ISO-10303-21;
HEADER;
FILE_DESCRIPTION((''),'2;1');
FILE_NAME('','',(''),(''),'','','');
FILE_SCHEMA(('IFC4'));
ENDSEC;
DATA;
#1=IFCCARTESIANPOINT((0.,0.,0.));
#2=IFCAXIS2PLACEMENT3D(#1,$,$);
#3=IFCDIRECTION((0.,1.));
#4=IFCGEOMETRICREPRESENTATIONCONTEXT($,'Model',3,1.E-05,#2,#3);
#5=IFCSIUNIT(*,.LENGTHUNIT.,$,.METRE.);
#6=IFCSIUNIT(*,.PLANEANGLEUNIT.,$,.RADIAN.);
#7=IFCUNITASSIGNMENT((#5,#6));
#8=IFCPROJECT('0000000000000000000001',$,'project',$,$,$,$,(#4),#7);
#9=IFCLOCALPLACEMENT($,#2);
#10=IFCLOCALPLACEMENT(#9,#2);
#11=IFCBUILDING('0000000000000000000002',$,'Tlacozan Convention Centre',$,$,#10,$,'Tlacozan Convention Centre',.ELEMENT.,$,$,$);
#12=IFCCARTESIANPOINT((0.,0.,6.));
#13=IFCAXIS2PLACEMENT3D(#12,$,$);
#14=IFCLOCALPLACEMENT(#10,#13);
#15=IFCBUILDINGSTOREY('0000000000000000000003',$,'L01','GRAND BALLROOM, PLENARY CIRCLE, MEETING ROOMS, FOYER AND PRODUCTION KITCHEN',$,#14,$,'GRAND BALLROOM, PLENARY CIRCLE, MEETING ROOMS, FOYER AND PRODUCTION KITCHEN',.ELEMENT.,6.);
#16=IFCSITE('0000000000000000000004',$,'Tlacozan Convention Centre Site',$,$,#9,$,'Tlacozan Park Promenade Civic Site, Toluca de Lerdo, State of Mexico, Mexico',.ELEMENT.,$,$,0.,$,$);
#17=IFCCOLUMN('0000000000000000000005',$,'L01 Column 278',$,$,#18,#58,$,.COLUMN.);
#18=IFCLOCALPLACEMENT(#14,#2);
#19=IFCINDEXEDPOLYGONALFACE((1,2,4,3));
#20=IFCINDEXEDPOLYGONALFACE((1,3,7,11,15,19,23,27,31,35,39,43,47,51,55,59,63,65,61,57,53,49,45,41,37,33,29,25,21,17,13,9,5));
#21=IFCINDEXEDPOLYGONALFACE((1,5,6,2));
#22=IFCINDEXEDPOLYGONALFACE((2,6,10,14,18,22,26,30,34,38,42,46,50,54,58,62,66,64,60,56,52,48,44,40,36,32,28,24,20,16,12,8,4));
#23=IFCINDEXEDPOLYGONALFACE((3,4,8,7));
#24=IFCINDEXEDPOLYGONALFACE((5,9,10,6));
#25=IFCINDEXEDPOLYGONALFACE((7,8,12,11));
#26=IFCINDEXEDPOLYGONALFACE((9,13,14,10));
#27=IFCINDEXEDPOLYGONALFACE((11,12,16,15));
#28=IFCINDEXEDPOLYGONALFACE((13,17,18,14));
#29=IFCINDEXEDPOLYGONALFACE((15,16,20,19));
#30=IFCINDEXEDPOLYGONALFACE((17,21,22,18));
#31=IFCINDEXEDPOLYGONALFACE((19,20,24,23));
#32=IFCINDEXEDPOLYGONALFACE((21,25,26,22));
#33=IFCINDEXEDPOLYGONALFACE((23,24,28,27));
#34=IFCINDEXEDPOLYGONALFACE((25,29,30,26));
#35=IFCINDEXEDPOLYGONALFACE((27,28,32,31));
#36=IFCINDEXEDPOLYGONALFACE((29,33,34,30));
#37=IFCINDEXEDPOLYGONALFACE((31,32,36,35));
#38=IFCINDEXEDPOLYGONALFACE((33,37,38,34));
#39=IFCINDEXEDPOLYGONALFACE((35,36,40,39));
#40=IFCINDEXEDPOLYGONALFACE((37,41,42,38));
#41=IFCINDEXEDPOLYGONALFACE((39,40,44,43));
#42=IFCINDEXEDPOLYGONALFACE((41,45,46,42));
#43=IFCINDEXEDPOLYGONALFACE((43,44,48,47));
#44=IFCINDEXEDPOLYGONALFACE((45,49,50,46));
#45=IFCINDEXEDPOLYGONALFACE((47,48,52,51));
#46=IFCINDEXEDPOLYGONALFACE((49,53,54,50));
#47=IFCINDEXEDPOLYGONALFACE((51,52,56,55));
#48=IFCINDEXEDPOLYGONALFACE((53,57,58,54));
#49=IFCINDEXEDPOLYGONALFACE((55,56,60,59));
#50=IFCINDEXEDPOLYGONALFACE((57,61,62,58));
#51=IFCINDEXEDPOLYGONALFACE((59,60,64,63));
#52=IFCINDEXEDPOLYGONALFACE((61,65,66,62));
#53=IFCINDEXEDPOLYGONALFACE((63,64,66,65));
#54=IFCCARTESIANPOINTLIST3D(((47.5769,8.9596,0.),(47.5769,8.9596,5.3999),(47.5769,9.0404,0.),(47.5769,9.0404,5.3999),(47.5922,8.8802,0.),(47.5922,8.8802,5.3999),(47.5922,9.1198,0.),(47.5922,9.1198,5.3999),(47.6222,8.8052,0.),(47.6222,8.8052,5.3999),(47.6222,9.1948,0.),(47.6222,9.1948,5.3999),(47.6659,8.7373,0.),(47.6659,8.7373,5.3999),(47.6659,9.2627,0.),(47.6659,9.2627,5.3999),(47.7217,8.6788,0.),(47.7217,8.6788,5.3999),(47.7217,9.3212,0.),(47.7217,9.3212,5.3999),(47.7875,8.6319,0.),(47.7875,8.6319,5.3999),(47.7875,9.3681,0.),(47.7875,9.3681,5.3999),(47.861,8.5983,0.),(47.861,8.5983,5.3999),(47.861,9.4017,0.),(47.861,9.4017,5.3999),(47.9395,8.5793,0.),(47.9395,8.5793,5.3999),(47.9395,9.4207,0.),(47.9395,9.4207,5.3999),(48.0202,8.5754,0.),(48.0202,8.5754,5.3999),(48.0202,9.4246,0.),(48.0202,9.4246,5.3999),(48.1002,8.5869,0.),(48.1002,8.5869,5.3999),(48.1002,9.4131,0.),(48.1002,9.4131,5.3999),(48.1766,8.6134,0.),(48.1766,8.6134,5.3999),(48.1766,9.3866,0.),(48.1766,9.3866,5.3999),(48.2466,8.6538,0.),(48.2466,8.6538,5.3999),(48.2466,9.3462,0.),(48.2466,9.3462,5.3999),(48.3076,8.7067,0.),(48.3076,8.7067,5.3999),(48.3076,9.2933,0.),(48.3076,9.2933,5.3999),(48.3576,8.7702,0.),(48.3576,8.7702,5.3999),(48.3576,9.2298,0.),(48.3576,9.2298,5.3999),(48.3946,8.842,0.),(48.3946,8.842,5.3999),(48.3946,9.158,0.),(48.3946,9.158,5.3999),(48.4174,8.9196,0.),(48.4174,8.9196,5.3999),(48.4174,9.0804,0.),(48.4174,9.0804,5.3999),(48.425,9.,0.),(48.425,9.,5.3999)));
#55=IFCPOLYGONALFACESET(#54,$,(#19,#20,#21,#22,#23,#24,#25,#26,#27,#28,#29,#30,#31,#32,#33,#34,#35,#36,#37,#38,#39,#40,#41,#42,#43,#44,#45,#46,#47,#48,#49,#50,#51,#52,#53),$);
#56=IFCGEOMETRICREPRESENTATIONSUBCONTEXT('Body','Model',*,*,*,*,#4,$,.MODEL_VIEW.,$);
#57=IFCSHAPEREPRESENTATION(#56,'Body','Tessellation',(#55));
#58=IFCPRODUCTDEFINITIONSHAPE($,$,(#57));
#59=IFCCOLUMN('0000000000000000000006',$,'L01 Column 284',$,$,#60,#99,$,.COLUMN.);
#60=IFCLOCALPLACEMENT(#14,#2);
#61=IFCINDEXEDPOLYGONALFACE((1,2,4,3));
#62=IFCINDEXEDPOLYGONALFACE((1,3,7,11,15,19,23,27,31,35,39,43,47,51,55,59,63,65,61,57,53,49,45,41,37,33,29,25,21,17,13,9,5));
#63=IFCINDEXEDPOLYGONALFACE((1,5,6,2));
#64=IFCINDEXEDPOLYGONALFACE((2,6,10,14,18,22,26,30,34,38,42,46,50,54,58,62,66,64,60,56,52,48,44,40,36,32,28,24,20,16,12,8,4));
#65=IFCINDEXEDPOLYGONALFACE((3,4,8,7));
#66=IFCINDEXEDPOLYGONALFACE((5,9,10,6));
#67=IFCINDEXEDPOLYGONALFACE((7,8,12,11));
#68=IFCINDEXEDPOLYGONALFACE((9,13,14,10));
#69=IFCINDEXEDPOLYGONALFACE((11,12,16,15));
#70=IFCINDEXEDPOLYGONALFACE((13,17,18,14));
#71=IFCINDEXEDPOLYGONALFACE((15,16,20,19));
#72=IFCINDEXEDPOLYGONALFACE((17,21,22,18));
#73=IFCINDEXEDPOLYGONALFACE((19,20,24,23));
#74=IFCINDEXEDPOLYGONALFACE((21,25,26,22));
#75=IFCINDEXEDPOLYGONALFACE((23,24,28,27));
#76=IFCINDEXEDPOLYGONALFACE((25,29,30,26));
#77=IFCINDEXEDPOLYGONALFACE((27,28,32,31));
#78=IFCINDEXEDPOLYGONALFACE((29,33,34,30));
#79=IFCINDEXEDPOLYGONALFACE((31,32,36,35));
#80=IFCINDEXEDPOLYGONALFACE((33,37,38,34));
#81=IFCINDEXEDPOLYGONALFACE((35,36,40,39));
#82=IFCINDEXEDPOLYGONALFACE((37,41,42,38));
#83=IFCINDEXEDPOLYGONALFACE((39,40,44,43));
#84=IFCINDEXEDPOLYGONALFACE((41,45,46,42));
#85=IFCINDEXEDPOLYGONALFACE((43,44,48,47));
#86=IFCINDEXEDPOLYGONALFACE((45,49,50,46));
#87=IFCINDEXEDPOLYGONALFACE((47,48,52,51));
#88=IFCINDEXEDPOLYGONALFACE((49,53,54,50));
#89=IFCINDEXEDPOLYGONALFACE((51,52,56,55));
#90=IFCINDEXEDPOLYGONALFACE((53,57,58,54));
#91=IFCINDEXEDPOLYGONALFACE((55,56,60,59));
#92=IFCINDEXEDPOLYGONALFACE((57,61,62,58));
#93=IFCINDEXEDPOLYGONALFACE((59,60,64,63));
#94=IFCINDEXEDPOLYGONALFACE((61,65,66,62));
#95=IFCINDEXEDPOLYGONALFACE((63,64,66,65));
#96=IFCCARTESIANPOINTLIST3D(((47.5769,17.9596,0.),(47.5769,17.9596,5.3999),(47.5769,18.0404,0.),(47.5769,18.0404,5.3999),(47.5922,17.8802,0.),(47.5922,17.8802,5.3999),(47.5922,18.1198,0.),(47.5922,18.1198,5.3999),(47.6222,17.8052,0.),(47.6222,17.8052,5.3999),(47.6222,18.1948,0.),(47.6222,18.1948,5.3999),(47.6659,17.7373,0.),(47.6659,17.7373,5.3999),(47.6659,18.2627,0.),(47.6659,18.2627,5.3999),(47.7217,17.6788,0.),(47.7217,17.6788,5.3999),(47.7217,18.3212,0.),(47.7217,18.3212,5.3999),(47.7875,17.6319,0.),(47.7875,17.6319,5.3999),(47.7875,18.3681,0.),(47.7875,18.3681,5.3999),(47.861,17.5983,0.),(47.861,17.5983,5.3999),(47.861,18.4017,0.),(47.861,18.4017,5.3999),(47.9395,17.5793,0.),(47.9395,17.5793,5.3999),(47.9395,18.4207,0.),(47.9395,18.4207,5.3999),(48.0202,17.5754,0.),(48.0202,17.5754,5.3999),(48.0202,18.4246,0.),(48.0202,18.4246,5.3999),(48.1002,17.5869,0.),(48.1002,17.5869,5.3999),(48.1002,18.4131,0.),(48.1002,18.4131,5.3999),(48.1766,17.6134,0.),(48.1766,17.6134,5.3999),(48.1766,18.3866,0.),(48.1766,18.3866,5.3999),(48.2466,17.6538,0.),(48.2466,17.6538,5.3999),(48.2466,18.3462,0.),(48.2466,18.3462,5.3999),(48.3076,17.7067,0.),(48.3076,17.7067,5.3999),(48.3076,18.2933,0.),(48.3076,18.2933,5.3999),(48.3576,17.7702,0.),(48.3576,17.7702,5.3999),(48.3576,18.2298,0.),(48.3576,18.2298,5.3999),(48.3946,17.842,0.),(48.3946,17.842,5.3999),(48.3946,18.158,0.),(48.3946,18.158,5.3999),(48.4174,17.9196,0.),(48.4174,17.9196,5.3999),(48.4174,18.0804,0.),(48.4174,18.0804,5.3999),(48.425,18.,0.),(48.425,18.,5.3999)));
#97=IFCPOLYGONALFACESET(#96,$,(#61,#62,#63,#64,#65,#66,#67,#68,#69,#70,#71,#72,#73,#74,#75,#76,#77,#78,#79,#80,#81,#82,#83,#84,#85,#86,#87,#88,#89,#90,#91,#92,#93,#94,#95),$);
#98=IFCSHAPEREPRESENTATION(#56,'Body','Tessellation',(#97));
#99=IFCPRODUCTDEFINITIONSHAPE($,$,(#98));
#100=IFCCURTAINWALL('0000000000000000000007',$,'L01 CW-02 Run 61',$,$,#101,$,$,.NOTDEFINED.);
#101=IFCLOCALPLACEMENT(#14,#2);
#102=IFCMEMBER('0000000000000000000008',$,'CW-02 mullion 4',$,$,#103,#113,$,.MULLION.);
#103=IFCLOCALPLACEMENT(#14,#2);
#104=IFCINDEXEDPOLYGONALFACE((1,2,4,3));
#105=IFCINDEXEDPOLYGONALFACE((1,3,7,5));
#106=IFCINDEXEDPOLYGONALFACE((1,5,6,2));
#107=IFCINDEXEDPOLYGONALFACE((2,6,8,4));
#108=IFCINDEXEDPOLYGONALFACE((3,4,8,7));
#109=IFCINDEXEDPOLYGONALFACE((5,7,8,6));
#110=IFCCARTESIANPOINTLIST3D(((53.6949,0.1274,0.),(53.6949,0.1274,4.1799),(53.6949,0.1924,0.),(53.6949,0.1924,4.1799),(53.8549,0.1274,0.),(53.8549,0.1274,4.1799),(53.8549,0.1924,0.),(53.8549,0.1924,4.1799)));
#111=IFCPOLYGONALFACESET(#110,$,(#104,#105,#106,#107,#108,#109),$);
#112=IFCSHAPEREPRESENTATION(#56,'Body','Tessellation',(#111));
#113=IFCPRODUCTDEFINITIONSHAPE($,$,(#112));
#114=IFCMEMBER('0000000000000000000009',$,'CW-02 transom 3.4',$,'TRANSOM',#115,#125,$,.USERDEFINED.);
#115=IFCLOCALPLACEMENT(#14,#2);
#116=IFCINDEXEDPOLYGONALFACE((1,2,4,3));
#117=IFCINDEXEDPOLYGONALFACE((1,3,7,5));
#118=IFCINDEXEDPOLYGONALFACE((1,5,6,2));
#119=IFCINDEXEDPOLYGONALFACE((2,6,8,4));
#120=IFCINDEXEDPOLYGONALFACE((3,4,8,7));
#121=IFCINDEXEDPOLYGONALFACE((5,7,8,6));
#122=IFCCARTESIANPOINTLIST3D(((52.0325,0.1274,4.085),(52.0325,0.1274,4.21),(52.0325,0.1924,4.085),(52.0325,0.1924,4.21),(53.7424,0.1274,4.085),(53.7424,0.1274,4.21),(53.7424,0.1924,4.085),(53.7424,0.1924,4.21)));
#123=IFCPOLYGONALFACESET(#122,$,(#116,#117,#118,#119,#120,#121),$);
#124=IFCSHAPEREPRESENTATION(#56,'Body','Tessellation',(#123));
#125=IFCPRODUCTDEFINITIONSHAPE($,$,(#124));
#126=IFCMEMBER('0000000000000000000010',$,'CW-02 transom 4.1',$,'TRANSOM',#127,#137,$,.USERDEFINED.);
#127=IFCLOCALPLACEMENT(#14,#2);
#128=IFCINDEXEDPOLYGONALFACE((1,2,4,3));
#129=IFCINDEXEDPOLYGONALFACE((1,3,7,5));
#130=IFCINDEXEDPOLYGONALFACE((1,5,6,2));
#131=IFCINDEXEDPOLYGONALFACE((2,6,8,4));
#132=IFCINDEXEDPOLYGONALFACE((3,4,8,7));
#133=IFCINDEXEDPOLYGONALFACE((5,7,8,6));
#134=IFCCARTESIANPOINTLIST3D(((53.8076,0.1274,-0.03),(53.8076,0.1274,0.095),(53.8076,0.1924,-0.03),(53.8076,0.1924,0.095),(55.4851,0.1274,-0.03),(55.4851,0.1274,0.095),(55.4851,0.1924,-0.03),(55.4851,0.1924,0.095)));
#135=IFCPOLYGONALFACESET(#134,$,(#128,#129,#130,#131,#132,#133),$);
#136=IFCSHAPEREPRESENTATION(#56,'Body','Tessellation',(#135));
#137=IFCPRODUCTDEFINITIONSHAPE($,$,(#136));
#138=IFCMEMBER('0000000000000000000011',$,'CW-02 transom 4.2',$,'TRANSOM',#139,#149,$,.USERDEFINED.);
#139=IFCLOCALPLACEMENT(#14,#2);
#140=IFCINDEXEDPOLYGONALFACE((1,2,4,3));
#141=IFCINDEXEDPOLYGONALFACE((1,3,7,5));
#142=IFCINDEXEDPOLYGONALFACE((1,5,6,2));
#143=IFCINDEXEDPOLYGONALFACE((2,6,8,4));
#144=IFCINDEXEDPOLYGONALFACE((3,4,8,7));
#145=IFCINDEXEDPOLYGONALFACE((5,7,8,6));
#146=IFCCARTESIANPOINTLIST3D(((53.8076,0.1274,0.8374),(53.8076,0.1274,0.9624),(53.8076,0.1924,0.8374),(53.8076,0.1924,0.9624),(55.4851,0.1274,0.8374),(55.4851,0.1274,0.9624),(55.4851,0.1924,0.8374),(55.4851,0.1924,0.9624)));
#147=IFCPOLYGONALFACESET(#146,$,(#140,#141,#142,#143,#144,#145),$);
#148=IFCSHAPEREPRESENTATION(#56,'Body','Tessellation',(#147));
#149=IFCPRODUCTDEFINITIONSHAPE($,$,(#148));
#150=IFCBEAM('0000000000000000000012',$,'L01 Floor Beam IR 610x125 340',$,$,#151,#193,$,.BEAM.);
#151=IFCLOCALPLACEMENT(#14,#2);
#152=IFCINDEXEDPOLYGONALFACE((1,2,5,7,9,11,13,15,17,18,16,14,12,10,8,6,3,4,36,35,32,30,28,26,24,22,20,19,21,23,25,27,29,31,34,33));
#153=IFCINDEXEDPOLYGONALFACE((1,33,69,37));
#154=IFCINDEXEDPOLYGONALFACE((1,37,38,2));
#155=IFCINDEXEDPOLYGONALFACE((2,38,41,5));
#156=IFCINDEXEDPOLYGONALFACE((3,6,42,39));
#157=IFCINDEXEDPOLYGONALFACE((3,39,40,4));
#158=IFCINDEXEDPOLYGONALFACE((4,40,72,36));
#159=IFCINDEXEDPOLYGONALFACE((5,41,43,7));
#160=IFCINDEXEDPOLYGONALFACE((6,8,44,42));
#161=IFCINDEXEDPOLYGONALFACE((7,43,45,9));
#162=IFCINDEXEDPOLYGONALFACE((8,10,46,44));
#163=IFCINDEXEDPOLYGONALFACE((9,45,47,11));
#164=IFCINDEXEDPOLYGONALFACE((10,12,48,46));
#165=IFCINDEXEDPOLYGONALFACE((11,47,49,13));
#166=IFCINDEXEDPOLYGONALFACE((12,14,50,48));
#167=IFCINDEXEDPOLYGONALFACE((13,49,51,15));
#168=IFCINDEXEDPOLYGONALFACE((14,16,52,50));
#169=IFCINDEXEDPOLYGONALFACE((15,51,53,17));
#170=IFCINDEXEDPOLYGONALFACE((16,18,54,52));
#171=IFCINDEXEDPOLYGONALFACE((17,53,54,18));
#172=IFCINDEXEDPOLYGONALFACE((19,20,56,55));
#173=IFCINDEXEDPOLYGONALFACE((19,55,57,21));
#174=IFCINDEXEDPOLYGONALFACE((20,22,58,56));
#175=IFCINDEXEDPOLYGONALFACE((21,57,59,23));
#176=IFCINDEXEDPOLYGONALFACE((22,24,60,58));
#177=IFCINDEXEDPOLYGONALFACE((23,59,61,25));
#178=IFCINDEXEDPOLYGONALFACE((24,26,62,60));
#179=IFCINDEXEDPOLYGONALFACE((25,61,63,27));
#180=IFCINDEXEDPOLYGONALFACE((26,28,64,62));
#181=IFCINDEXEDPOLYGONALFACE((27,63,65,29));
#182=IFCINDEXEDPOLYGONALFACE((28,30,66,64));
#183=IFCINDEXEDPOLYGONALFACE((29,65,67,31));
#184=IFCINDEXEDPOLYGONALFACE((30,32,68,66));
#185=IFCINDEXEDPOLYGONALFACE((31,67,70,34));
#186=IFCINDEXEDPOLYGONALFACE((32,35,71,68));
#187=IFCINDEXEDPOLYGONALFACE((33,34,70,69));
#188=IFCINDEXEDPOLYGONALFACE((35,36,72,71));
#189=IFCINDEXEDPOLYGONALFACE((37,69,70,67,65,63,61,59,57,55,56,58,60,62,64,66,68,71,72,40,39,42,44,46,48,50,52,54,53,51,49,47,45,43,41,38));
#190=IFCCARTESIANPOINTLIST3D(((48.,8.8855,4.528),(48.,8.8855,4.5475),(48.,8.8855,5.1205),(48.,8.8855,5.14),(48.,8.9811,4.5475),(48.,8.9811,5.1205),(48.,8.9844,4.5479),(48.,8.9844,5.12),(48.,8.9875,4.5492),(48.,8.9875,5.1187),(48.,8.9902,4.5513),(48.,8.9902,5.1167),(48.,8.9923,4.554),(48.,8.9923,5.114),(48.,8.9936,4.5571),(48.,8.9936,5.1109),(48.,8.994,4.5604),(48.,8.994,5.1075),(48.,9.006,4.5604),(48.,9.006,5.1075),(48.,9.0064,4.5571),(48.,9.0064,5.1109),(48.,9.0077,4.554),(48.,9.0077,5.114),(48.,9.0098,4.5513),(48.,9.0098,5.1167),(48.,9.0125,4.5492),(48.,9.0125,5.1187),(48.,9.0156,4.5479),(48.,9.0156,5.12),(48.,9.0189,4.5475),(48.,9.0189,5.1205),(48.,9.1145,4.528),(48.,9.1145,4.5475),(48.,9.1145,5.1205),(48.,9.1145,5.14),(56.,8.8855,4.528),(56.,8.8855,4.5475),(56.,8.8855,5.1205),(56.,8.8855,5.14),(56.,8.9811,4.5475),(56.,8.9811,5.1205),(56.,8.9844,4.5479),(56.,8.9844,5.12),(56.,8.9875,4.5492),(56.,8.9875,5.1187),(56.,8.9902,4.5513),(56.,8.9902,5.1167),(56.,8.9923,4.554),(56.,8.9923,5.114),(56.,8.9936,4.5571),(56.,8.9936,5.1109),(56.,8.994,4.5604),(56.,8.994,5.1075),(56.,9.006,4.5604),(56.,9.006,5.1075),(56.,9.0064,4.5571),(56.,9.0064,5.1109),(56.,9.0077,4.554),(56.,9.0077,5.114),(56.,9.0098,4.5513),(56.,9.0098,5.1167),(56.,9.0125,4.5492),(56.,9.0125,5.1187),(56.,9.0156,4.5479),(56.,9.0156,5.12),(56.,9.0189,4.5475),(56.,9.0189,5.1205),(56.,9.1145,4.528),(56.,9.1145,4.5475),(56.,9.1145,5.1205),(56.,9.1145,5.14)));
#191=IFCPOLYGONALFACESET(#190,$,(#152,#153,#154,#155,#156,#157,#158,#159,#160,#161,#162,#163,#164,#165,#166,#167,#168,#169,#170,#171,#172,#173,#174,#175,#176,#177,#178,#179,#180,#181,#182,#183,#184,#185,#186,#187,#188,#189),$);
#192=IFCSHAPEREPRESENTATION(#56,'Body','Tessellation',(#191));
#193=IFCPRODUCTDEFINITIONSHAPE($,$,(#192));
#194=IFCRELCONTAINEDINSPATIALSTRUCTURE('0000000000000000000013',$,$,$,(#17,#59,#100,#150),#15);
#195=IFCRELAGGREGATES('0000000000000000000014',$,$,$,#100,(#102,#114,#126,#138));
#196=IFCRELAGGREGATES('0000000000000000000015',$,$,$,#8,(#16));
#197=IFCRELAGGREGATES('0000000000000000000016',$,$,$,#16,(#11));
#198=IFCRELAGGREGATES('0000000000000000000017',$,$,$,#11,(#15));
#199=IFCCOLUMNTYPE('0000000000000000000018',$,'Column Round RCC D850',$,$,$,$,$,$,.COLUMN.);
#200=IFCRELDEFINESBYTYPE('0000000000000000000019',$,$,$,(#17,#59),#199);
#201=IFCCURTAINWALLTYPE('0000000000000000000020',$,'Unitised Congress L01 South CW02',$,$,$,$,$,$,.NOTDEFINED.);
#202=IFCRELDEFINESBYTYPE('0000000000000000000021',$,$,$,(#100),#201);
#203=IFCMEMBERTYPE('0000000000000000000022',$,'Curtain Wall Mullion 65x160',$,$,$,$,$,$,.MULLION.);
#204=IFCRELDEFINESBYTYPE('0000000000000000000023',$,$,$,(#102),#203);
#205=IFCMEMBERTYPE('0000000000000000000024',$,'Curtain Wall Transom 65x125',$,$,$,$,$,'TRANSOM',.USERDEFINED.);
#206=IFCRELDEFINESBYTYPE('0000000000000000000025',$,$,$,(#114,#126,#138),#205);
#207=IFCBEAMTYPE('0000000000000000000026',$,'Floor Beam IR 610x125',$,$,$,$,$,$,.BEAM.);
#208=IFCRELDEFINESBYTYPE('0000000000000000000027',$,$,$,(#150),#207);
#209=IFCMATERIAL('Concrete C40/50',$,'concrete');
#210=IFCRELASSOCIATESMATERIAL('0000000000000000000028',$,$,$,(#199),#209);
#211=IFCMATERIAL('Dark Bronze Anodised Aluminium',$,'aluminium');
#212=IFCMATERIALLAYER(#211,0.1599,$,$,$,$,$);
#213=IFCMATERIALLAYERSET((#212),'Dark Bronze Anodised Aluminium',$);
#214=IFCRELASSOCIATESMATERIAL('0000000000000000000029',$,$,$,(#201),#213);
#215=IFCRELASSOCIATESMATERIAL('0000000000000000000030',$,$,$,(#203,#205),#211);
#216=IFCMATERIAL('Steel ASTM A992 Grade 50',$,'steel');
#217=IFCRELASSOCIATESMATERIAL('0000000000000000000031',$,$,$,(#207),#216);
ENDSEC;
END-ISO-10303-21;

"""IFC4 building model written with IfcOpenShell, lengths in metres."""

from ifc_helpers import new_model, si_unit, direction, frame, origin, origin_2d, place, context, subcontext, project, spatial, rectangle, circle, i_section, extrude, material, layer, layer_set, material_profile, profile_set, type_object, element, aggregate, save


model = new_model("IFC4")

# Units and contexts
model_context = context("Model", 3, precision=1e-05, world=origin(), true_north=direction((0.0, 1.0)))
body_context = subcontext(model_context, "Body", "Model", "MODEL_VIEW")
ifc_project = project(units=[si_unit("LENGTHUNIT", "METRE"), si_unit("PLANEANGLEUNIT", "RADIAN")], contexts=[model_context])

# Site, building, storey
site_placement = place(None, origin())
site = spatial("IfcSite", under=ifc_project, at=site_placement, Name="Tlacozan Convention Centre Site", LongName="Tlacozan Park Promenade Civic Site, Toluca de Lerdo, State of Mexico, Mexico", CompositionType="ELEMENT", RefElevation=0.0)
building_placement = place(site_placement, origin())
building = spatial("IfcBuilding", under=site, at=building_placement, Name="Tlacozan Convention Centre", LongName="Tlacozan Convention Centre", CompositionType="ELEMENT")
storey_placement = place(building_placement, frame((0.0, 0.0, 6.0)))
storey = spatial("IfcBuildingStorey", under=building, at=storey_placement, Name="L01", Description="GRAND BALLROOM, PLENARY CIRCLE, MEETING ROOMS, FOYER AND PRODUCTION KITCHEN", LongName="GRAND BALLROOM, PLENARY CIRCLE, MEETING ROOMS, FOYER AND PRODUCTION KITCHEN", CompositionType="ELEMENT", Elevation=6.0)

# Columns
ifc_material_1 = material(Name="Concrete C40/50", Category="concrete")
ifc_material_profile_1 = material_profile(ifc_material_1, circle(Radius=0.425, at=origin_2d()), Name="RCC D850")
ifc_profile_set_1 = profile_set([ifc_material_profile_1], Name="Concrete C40/50")
column_type = type_object("IfcColumnType", Name="Column Round RCC D850", PredefinedType="COLUMN", material=ifc_profile_set_1)
for number, where, z_axis, x_axis, name in (
    (1, (48.0, 9.0, 0.0), (0.0, 0.0, 1.0), (1.0, 0.0, 0.0), "L01 Column 278"),
    (2, (48.0, 18.0, 0.0), (0.0, 0.0, 1.0), (1.0, 0.0, 0.0), "L01 Column 284"),
):
    element("IfcColumn", number, at=place(storey_placement, frame(where, z_axis=z_axis, x_axis=x_axis)), inside=storey, type_object=column_type, Name=name, PredefinedType="COLUMN", context=body_context, shape_type="SweptSolid", body=[
        extrude(circle(Radius=0.425, at=origin_2d()), origin(), (0.0, 0.0, 1.0), 5.3999),
    ])

# Curtain wall, members
ifc_material_2 = material(Name="Dark Bronze Anodised Aluminium", Category="aluminium")
ifc_layer_1 = layer(ifc_material_2, 0.1599)
ifc_layer_set_1 = layer_set([ifc_layer_1], Name="Dark Bronze Anodised Aluminium")
curtain_wall_type = type_object("IfcCurtainWallType", Name="Unitised Congress L01 South CW02", PredefinedType="NOTDEFINED", material=ifc_layer_set_1)
curtain_wall_placement = place(storey_placement, origin())
curtain_wall = element("IfcCurtainWall", 3, at=curtain_wall_placement, inside=storey, type_object=curtain_wall_type, Name="L01 CW-02 Run 61", PredefinedType="NOTDEFINED")
ifc_material_profile_2 = material_profile(ifc_material_2, rectangle(XDim=0.0649, YDim=0.1599, at=origin_2d()), Name="ALU 65x160")
ifc_profile_set_2 = profile_set([ifc_material_profile_2], Name="Dark Bronze Anodised Aluminium")
member_type_1 = type_object("IfcMemberType", Name="Curtain Wall Mullion 65x160", PredefinedType="MULLION", material=ifc_profile_set_2)
member_1_placement = place(storey_placement, frame((53.7749, 0.1599, 0.0), z_axis=(0.0, 0.0, 1.0), x_axis=(0.0, 1.0, 0.0)))
member_1 = element("IfcMember", 4, at=member_1_placement, type_object=member_type_1, Name="CW-02 mullion 4", PredefinedType="MULLION", context=body_context, shape_type="SweptSolid", body=[
    extrude(rectangle(XDim=0.0649, YDim=0.1599, at=origin_2d()), origin(), (0.0, 0.0, 1.0), 4.1799),
])
ifc_material_profile_3 = material_profile(ifc_material_2, rectangle(XDim=0.0649, YDim=0.125, at=origin_2d()), Name="ALU 65x125")
ifc_profile_set_3 = profile_set([ifc_material_profile_3], Name="Dark Bronze Anodised Aluminium")
member_type_2 = type_object("IfcMemberType", Name="Curtain Wall Transom 65x125", ElementType="TRANSOM", PredefinedType="USERDEFINED", material=ifc_profile_set_3)
member_2_placement = place(storey_placement, frame((52.0325, 0.1599, 4.1475), z_axis=(1.0, 0.0, 0.0), x_axis=(0.0, 1.0, 0.0)))
member_2 = element("IfcMember", 5, at=member_2_placement, type_object=member_type_2, Name="CW-02 transom 3.4", ObjectType="TRANSOM", PredefinedType="USERDEFINED", context=body_context, shape_type="SweptSolid", body=[
    extrude(rectangle(XDim=0.0649, YDim=0.125, at=origin_2d()), origin(), (0.0, 0.0, 1.0), 1.71),
])
member_3_placement = place(storey_placement, frame((53.8076, 0.1599, 0.0325), z_axis=(1.0, 0.0, 0.0), x_axis=(0.0, 1.0, 0.0)))
member_3 = element("IfcMember", 6, at=member_3_placement, type_object=member_type_2, Name="CW-02 transom 4.1", ObjectType="TRANSOM", PredefinedType="USERDEFINED", context=body_context, shape_type="SweptSolid", body=[
    extrude(rectangle(XDim=0.0649, YDim=0.125, at=origin_2d()), origin(), (0.0, 0.0, 1.0), 1.6775),
])
member_4_placement = place(storey_placement, frame((53.8076, 0.1599, 0.8999), z_axis=(1.0, 0.0, 0.0), x_axis=(0.0, 1.0, 0.0)))
member_4 = element("IfcMember", 7, at=member_4_placement, type_object=member_type_2, Name="CW-02 transom 4.2", ObjectType="TRANSOM", PredefinedType="USERDEFINED", context=body_context, shape_type="SweptSolid", body=[
    extrude(rectangle(XDim=0.0649, YDim=0.125, at=origin_2d()), origin(), (0.0, 0.0, 1.0), 1.6775),
])

# Beam
ifc_material_3 = material(Name="Steel ASTM A992 Grade 50", Category="steel")
ifc_material_profile_4 = material_profile(ifc_material_3, i_section(OverallWidth=0.229, OverallDepth=0.6121, WebThickness=0.012, FlangeThickness=0.0195, FilletRadius=0.0129, at=origin_2d()), Name="IR 610x125.0")
ifc_profile_set_4 = profile_set([ifc_material_profile_4], Name="Steel ASTM A992 Grade 50")
beam_type_1 = type_object("IfcBeamType", Name="Floor Beam IR 610x125", PredefinedType="BEAM", material=ifc_profile_set_4)
for number, where, z_axis, x_axis, name in (
    (8, (48.0, 9.0, 4.834), (1.0, 0.0, 0.0), (0.0, 1.0, 0.0), "L01 Floor Beam IR 610x125 340"),
):
    element("IfcBeam", number, at=place(storey_placement, frame(where, z_axis=z_axis, x_axis=x_axis)), inside=storey, type_object=beam_type_1, Name=name, PredefinedType="BEAM", context=body_context, shape_type="SweptSolid", body=[
        extrude(i_section(OverallWidth=0.229, OverallDepth=0.6121, WebThickness=0.012, FlangeThickness=0.0195, FilletRadius=0.0129, at=origin_2d()), origin(), (0.0, 0.0, 1.0), 8.0),
    ])

aggregate(curtain_wall, [member_1, member_2, member_3, member_4])

save(model, "model.ifc")
